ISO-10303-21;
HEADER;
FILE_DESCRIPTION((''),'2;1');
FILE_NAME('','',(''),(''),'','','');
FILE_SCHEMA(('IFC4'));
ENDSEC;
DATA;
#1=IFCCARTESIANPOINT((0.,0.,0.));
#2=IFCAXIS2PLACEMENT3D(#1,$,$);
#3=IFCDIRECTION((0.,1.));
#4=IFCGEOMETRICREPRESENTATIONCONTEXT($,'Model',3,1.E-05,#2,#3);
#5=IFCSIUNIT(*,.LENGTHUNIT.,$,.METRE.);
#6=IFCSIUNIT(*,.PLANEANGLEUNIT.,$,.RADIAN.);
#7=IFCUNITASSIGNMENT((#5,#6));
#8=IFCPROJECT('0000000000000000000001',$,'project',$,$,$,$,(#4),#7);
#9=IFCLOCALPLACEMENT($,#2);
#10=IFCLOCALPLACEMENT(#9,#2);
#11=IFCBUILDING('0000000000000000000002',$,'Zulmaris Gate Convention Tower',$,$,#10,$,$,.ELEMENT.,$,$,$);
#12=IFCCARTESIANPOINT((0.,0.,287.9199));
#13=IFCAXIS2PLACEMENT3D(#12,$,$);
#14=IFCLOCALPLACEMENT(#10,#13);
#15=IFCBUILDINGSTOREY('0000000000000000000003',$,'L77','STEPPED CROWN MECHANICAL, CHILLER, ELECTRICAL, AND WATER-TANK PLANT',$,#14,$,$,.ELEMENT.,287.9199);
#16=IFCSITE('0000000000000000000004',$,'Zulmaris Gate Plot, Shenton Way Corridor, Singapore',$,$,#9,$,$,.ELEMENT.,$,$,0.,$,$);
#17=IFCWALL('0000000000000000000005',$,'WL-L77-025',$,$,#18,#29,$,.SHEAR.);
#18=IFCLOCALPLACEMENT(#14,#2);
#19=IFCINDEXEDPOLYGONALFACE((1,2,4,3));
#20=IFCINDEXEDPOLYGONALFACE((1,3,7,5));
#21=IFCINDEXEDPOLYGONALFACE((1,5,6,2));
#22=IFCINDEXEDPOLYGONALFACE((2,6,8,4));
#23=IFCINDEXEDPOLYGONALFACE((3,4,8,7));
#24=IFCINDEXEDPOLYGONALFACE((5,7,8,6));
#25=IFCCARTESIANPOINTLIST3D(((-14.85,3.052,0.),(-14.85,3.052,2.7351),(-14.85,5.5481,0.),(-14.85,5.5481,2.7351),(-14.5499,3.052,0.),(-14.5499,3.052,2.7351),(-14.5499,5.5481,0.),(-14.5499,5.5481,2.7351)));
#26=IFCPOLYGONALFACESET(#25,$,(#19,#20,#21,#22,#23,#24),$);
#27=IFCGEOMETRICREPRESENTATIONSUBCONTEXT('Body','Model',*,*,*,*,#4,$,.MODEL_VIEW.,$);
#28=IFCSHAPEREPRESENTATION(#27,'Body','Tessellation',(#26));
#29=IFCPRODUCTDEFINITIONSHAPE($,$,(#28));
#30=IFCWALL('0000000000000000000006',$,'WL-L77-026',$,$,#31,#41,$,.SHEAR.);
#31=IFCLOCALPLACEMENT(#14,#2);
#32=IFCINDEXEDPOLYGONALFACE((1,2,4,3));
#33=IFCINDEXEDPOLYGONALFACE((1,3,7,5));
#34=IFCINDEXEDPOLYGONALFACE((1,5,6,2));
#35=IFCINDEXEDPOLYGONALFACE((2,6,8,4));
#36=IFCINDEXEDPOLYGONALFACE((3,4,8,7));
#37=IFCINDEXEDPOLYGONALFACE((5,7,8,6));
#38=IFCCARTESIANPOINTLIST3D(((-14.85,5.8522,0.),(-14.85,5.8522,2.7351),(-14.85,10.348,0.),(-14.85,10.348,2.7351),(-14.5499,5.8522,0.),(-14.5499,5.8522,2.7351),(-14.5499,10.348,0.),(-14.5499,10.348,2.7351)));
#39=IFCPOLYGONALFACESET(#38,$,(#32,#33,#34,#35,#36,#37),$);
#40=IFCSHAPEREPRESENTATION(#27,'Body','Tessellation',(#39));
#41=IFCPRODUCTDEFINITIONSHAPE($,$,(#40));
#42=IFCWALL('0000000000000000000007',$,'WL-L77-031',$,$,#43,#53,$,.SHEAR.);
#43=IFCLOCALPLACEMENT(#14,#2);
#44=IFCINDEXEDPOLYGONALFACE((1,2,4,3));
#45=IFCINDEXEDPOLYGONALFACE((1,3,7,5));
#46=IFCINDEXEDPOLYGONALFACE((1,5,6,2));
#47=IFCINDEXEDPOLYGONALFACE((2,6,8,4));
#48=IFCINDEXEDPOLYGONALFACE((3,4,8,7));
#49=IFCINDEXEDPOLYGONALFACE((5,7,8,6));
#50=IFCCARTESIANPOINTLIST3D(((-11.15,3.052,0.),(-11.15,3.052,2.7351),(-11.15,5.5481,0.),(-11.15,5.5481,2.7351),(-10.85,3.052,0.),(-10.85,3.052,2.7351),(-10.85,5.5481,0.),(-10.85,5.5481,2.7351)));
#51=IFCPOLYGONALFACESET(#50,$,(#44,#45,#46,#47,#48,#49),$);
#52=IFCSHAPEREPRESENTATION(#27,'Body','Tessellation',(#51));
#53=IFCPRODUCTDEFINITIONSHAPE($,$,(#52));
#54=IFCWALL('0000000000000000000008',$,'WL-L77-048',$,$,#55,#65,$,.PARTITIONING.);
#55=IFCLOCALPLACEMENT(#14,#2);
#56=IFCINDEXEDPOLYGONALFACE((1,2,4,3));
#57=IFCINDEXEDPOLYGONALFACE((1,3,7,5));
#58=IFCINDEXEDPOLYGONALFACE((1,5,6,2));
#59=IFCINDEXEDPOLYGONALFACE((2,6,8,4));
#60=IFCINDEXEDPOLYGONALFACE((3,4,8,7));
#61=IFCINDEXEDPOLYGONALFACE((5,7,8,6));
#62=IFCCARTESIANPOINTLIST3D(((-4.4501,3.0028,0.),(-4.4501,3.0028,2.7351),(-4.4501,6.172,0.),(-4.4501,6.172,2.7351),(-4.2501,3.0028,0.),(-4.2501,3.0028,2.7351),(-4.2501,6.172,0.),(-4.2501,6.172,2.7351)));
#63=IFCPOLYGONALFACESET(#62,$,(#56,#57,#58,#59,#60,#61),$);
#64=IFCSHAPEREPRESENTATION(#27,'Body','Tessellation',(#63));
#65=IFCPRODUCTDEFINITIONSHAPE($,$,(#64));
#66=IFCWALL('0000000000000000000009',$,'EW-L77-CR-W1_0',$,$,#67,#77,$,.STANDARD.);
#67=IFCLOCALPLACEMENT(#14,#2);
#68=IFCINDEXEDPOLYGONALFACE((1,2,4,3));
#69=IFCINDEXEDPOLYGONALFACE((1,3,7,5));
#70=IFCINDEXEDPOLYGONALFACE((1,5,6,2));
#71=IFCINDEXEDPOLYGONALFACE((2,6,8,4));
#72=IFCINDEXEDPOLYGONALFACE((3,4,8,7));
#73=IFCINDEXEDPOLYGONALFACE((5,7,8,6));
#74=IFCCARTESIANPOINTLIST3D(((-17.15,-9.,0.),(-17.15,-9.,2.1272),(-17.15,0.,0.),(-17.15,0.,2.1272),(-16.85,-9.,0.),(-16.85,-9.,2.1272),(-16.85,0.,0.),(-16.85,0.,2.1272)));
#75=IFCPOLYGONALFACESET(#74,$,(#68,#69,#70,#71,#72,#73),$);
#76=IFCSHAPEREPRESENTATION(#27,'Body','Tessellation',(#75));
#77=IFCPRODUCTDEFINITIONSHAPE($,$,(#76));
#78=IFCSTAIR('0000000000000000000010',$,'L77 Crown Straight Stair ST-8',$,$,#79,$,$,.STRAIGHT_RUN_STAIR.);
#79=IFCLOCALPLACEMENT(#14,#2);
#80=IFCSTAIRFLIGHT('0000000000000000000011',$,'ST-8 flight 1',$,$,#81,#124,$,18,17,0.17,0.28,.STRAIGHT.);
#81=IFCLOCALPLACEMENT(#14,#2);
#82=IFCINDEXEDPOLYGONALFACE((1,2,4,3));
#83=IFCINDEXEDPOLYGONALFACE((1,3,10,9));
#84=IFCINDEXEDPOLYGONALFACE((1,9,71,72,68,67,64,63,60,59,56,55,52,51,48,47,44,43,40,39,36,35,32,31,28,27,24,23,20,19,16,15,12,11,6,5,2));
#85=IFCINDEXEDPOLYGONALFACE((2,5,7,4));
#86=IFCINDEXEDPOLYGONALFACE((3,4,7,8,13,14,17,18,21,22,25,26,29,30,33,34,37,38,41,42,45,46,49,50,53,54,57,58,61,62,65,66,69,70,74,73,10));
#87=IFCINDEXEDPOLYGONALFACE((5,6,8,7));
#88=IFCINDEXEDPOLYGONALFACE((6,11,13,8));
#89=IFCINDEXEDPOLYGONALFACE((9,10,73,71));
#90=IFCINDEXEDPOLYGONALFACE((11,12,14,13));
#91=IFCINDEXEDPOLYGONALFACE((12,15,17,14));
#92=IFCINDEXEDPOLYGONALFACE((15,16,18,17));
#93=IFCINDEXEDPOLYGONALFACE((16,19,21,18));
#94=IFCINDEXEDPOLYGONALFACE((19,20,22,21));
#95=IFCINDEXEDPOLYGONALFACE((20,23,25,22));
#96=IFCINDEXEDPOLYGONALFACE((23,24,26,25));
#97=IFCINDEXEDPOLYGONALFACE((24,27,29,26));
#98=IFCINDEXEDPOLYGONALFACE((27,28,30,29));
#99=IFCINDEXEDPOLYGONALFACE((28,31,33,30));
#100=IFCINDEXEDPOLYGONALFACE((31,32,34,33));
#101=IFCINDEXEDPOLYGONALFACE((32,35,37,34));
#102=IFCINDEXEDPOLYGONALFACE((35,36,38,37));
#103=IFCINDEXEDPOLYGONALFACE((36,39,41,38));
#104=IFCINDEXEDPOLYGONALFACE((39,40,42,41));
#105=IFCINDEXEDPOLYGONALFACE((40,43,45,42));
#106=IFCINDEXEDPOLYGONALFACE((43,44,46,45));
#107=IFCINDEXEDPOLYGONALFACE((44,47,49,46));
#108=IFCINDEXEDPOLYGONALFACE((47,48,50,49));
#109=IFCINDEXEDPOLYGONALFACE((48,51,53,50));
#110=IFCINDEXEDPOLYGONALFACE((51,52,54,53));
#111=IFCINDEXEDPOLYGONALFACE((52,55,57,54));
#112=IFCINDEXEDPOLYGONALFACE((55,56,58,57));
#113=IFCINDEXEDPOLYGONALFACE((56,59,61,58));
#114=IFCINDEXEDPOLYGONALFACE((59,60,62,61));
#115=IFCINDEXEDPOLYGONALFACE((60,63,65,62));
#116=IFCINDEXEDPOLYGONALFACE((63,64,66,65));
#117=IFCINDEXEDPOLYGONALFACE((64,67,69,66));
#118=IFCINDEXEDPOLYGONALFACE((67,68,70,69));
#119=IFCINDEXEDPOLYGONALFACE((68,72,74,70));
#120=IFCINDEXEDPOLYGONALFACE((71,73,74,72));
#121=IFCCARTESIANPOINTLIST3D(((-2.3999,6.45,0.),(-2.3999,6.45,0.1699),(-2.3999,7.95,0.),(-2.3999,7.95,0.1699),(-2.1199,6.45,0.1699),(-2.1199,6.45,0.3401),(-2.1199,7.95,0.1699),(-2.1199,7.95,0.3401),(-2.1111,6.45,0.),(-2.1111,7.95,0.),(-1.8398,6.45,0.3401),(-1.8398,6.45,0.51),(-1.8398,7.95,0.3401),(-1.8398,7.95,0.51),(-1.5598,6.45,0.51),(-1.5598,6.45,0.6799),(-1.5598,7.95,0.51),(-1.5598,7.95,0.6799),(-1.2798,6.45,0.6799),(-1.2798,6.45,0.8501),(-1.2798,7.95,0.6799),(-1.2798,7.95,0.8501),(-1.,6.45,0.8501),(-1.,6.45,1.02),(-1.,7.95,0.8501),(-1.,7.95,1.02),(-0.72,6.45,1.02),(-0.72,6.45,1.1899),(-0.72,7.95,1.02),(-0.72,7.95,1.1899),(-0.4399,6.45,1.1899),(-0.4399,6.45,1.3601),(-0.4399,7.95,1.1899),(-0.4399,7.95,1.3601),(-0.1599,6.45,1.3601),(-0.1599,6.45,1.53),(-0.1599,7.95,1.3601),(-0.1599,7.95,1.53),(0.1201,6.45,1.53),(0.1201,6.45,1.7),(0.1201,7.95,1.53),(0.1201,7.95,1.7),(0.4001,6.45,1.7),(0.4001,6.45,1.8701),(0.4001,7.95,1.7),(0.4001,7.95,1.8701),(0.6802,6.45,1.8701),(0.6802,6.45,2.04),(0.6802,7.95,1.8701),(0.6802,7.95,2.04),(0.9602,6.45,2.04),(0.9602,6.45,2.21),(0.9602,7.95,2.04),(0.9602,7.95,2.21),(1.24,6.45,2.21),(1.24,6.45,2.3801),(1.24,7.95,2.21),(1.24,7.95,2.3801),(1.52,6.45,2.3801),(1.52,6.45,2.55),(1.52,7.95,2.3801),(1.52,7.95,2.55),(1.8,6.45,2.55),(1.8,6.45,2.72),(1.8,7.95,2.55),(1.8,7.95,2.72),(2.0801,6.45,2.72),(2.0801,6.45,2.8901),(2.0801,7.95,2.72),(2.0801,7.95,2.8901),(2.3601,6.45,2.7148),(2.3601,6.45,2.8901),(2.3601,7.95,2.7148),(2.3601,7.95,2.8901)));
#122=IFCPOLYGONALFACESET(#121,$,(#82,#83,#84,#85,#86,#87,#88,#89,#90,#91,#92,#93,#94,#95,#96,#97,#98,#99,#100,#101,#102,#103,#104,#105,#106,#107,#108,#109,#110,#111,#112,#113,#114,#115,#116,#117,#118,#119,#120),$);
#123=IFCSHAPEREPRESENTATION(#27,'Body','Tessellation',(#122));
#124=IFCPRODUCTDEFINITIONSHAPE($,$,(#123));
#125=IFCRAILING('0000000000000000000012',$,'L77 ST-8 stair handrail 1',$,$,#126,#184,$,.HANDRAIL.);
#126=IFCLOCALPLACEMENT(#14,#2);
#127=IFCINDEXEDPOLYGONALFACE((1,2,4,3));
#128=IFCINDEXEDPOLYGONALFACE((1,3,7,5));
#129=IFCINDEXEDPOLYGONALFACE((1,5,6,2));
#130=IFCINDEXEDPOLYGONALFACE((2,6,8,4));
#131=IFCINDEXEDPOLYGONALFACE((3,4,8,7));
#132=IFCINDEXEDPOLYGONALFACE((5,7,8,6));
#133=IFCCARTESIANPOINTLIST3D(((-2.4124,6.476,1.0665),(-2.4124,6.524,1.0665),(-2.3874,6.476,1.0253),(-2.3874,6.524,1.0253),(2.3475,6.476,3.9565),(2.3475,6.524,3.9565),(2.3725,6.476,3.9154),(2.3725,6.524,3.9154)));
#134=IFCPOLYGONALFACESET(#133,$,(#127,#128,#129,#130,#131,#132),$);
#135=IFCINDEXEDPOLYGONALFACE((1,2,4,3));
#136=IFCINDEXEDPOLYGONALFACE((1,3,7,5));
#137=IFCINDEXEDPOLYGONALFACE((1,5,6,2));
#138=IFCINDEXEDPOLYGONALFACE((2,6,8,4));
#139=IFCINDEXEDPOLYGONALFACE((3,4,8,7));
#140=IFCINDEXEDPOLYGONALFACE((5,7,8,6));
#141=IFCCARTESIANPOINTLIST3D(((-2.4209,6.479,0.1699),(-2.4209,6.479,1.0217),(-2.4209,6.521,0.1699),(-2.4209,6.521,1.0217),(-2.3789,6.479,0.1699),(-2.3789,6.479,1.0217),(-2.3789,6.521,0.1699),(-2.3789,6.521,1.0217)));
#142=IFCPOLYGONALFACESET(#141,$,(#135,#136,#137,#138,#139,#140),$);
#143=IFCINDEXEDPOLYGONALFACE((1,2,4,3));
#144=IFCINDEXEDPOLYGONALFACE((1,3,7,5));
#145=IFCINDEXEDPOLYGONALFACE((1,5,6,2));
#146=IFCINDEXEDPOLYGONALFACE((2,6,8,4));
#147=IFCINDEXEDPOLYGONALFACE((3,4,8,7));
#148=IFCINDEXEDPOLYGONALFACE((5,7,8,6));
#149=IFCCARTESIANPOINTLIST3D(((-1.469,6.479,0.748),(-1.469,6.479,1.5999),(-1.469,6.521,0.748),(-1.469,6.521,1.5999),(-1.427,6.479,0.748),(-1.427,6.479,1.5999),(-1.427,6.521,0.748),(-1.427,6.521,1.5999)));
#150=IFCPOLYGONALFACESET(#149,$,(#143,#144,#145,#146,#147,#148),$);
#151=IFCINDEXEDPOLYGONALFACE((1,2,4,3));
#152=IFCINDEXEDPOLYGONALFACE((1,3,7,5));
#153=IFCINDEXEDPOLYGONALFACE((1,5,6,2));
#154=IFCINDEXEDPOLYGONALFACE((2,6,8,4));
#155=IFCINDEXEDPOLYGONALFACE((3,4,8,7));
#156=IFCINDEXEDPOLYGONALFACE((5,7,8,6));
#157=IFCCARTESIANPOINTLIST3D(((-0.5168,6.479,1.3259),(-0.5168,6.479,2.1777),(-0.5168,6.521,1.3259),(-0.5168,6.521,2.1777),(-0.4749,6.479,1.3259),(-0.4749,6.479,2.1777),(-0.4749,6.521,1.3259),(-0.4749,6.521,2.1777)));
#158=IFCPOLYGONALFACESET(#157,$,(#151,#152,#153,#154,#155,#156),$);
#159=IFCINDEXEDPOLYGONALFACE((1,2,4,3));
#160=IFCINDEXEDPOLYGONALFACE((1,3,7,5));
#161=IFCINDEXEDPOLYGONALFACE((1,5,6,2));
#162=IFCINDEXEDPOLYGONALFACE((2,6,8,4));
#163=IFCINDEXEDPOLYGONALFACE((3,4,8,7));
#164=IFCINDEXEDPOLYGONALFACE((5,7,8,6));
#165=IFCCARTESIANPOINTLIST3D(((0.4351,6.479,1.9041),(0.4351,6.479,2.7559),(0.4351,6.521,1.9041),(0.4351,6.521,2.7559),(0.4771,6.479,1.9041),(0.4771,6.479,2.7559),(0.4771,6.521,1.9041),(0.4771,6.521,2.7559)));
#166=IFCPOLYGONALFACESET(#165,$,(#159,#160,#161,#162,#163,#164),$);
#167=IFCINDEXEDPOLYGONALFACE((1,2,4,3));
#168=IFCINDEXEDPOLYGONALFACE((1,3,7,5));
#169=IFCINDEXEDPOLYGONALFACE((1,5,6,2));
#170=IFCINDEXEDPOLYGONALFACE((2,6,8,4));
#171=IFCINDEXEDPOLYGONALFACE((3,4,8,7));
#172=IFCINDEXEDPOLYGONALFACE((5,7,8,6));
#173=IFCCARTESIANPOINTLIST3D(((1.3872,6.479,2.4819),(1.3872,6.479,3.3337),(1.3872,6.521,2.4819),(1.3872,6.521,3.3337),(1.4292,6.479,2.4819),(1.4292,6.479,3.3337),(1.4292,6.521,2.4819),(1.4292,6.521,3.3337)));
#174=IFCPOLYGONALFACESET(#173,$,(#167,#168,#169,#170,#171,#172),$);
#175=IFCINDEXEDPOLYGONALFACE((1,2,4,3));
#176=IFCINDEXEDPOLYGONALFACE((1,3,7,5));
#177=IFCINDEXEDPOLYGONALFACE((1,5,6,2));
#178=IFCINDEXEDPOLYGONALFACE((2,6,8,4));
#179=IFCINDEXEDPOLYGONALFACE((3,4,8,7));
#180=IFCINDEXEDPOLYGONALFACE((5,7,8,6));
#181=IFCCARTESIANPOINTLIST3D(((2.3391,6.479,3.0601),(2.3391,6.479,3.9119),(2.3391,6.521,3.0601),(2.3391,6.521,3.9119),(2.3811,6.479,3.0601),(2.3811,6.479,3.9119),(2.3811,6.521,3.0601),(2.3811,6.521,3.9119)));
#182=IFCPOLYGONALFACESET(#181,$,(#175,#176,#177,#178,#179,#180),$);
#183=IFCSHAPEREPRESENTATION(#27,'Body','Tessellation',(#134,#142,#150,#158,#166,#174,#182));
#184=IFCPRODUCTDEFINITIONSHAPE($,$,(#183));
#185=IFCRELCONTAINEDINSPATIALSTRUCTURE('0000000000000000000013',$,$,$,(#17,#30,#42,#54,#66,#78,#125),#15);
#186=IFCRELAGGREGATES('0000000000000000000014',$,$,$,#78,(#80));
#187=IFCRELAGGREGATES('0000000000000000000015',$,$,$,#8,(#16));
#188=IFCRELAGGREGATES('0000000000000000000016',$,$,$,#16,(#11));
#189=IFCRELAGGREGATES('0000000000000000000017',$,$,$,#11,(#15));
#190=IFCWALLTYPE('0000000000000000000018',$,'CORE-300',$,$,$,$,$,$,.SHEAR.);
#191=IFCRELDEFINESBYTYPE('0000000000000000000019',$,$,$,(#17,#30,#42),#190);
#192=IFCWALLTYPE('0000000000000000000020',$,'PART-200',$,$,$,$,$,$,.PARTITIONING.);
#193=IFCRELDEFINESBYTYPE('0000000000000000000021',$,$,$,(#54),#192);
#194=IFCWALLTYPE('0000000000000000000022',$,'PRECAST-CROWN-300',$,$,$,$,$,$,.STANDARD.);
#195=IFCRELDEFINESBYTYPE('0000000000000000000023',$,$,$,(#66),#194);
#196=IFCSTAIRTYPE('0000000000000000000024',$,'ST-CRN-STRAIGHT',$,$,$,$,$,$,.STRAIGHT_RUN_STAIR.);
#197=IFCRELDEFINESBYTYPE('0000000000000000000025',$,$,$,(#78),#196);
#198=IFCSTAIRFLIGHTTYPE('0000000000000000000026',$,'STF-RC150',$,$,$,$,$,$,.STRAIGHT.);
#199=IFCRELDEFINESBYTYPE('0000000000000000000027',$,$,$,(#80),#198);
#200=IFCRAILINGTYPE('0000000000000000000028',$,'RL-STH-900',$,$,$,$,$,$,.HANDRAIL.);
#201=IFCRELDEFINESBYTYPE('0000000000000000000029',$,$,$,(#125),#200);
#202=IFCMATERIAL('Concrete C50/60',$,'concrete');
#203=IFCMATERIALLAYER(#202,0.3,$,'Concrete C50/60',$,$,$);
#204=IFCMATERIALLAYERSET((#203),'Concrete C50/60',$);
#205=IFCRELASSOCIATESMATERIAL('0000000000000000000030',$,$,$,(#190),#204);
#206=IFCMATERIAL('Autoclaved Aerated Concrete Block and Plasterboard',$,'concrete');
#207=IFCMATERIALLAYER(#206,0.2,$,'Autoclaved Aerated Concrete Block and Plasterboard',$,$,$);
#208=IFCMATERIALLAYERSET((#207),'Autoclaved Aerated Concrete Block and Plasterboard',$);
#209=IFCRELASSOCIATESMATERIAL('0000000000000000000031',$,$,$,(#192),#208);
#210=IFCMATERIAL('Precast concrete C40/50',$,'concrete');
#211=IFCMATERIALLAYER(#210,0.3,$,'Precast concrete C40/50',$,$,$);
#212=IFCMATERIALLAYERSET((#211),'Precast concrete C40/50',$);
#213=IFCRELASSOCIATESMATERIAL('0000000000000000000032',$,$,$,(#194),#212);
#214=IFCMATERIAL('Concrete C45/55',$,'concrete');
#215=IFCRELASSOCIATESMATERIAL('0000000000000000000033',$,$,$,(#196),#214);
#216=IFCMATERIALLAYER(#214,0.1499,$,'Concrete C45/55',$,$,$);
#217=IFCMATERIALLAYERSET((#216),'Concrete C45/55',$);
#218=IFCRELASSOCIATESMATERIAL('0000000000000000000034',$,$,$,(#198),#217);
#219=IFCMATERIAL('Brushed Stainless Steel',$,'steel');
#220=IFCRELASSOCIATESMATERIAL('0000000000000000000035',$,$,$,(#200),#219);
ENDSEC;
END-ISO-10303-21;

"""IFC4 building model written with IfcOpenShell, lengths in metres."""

from ifc_helpers import new_model, si_unit, direction, frame, frame_2d, origin, origin_2d, place, context, subcontext, project, spatial, polyline, rectangle, outline, extrude, material, layer, layer_set, type_object, element, aggregate, save


model = new_model("IFC4")

# Units and contexts
model_context = context("Model", 3, precision=1e-05, world=origin(), true_north=direction((0.0, 1.0)))
body_context = subcontext(model_context, "Body", "Model", "MODEL_VIEW")
ifc_project = project(units=[si_unit("LENGTHUNIT", "METRE"), si_unit("PLANEANGLEUNIT", "RADIAN")], contexts=[model_context])

# Site, building, storey
site_placement = place(None, origin())
site = spatial("IfcSite", under=ifc_project, at=site_placement, Name="Zulmaris Gate Plot, Shenton Way Corridor, Singapore", CompositionType="ELEMENT", RefElevation=0.0)
building_placement = place(site_placement, origin())
building = spatial("IfcBuilding", under=site, at=building_placement, Name="Zulmaris Gate Convention Tower", CompositionType="ELEMENT")
storey_placement = place(building_placement, frame((0.0, 0.0, 287.9199)))
storey = spatial("IfcBuildingStorey", under=building, at=storey_placement, Name="L77", Description="STEPPED CROWN MECHANICAL, CHILLER, ELECTRICAL, AND WATER-TANK PLANT", CompositionType="ELEMENT", Elevation=287.9199)

# Shared definitions
ifc_material_1 = material(Name="Concrete C50/60", Category="concrete")

# Shared definitions
ifc_material_2 = material(Name="Concrete C45/55", Category="concrete")

# Shared definitions
ifc_layer_1 = layer(ifc_material_1, 0.3, Name="Concrete C50/60")
ifc_layer_set_1 = layer_set([ifc_layer_1], Name="Concrete C50/60")
wall_type_1 = type_object("IfcWallType", Name="CORE-300", PredefinedType="SHEAR", material=ifc_layer_set_1)
ifc_material_3 = material(Name="Brushed Stainless Steel", Category="steel")

# Walls
wall_1_placement = place(storey_placement, frame((-14.7, 3.052, 0.0), z_axis=(0.0, 0.0, 1.0), x_axis=(0.0, 1.0, 0.0)))
element("IfcWall", 1, at=wall_1_placement, inside=storey, type_object=wall_type_1, Name="WL-L77-025", PredefinedType="SHEAR", context=body_context, shape_type="SweptSolid", body=[
    extrude(rectangle(XDim=2.4961, YDim=0.3, at=frame_2d((1.248, 0.0))), origin(), (0.0, 0.0, 1.0), 2.7351),
])
wall_2_placement = place(storey_placement, frame((-14.7, 5.8521, 0.0), z_axis=(0.0, 0.0, 1.0), x_axis=(0.0, 1.0, 0.0)))
element("IfcWall", 2, at=wall_2_placement, inside=storey, type_object=wall_type_1, Name="WL-L77-026", PredefinedType="SHEAR", context=body_context, shape_type="SweptSolid", body=[
    extrude(rectangle(XDim=4.4958, YDim=0.3, at=frame_2d((2.248, 0.0))), origin(), (0.0, 0.0, 1.0), 2.7351),
])

# Wall
wall_3_placement = place(storey_placement, frame((-11.0, 3.052, 0.0), z_axis=(0.0, 0.0, 1.0), x_axis=(0.0, 1.0, 0.0)))
element("IfcWall", 3, at=wall_3_placement, inside=storey, type_object=wall_type_1, Name="WL-L77-031", PredefinedType="SHEAR", context=body_context, shape_type="SweptSolid", body=[
    extrude(rectangle(XDim=2.4961, YDim=0.3, at=frame_2d((1.248, 0.0))), origin(), (0.0, 0.0, 1.0), 2.7351),
])

# Shared definitions
ifc_material_4 = material(Name="Autoclaved Aerated Concrete Block and Plasterboard", Category="concrete")
ifc_layer_2 = layer(ifc_material_4, 0.2, Name="Autoclaved Aerated Concrete Block and Plasterboard")
ifc_layer_set_2 = layer_set([ifc_layer_2], Name="Autoclaved Aerated Concrete Block and Plasterboard")
wall_type_2 = type_object("IfcWallType", Name="PART-200", PredefinedType="PARTITIONING", material=ifc_layer_set_2)

# Walls
wall_4_placement = place(storey_placement, frame((-4.3501, 3.0029, 0.0), z_axis=(0.0, 0.0, 1.0), x_axis=(0.0, 1.0, 0.0)))
element("IfcWall", 4, at=wall_4_placement, inside=storey, type_object=wall_type_2, Name="WL-L77-048", PredefinedType="PARTITIONING", context=body_context, shape_type="SweptSolid", body=[
    extrude(rectangle(XDim=3.1692, YDim=0.2, at=frame_2d((1.5845, 0.0))), origin(), (0.0, 0.0, 1.0), 2.7351),
])
ifc_material_5 = material(Name="Precast concrete C40/50", Category="concrete")
ifc_layer_3 = layer(ifc_material_5, 0.3, Name="Precast concrete C40/50")
ifc_layer_set_3 = layer_set([ifc_layer_3], Name="Precast concrete C40/50")
wall_type_3 = type_object("IfcWallType", Name="PRECAST-CROWN-300", PredefinedType="STANDARD", material=ifc_layer_set_3)
wall_5_placement = place(storey_placement, frame((-17.0, 0.0, 0.0), z_axis=(0.0, 0.0, 1.0), x_axis=(0.0, -1.0, 0.0)))
element("IfcWall", 5, at=wall_5_placement, inside=storey, type_object=wall_type_3, Name="EW-L77-CR-W1_0", PredefinedType="STANDARD", context=body_context, shape_type="SweptSolid", body=[
    extrude(rectangle(XDim=9.0, YDim=0.3, at=frame_2d((4.5, 0.0))), origin(), (0.0, 0.0, 1.0), 2.1272),
])

# Stair, stair flight
stair_type_1 = type_object("IfcStairType", Name="ST-CRN-STRAIGHT", PredefinedType="STRAIGHT_RUN_STAIR", material=ifc_material_2)
stair_1_placement = place(storey_placement, origin())
stair_1 = element("IfcStair", 6, at=stair_1_placement, inside=storey, type_object=stair_type_1, Name="L77 Crown Straight Stair ST-8", PredefinedType="STRAIGHT_RUN_STAIR")
ifc_layer_4 = layer(ifc_material_2, 0.1499, Name="Concrete C45/55")
ifc_layer_set_4 = layer_set([ifc_layer_4], Name="Concrete C45/55")
stair_flight_type = type_object("IfcStairFlightType", Name="STF-RC150", PredefinedType="STRAIGHT", material=ifc_layer_set_4)
stair_flight_placement = place(storey_placement, frame((-2.3999, 7.2, 0.0), z_axis=(0.0, 0.0, 1.0), x_axis=(1.0, 0.0, 0.0)))
stair_flight = element("IfcStairFlight", 7, at=stair_flight_placement, type_object=stair_flight_type, Name="ST-8 flight 1", NumberOfRisers=18, NumberOfTreads=17, PredefinedType="STRAIGHT", RiserHeight=0.17, TreadLength=0.28, context=body_context, shape_type="SweptSolid", body=[
    extrude(outline(polyline([(0.0, 0.0), (0.0, 0.1699), (0.28, 0.1699), (0.28, 0.3401), (0.5601, 0.3401), (0.5601, 0.51), (0.8401, 0.51), (0.8401, 0.6799), (1.1201, 0.6799), (1.1201, 0.8501), (1.3999, 0.8501), (1.3999, 1.02), (1.6799, 1.02), (1.6799, 1.1899), (1.96, 1.1899), (1.96, 1.3601), (2.24, 1.3601), (2.24, 1.53), (2.52, 1.53), (2.52, 1.7), (2.8, 1.7), (2.8, 1.8701), (3.0801, 1.8701), (3.0801, 2.04), (3.3601, 2.04), (3.3601, 2.21), (3.6399, 2.21), (3.6399, 2.3801), (3.9199, 2.3801), (3.9199, 2.55), (4.2, 2.55), (4.2, 2.72), (4.48, 2.72), (4.48, 2.8901), (4.76, 2.8901), (4.76, 3.0601), (4.76, 2.7148), (0.2888, 0.0), (0.0, 0.0)])), frame((0.0, 0.75, 0.0), z_axis=(0.0, -1.0, 0.0), x_axis=(1.0, 0.0, 0.0)), (0.0, 0.0, 1.0), 1.5),
])
aggregate(stair_1, [stair_flight])

# Railing
railing_type = type_object("IfcRailingType", Name="RL-STH-900", PredefinedType="HANDRAIL", material=ifc_material_3)
railing_placement = place(storey_placement, frame((-2.3999, 6.5, 0.1699)))
element("IfcRailing", 8, at=railing_placement, inside=storey, type_object=railing_type, Name="L77 ST-8 stair handrail 1", PredefinedType="HANDRAIL", context=body_context, shape_type="SweptSolid", body=[
    extrude(rectangle(XDim=0.0481, YDim=0.0481, at=origin_2d()), frame((0.0, 0.0, 0.876), z_axis=(0.854777, 0.0, 0.518995), x_axis=(0.0, 1.0, 0.0)), (0.0, 0.0, 1.0), 5.5686),
    extrude(rectangle(XDim=0.042, YDim=0.042, at=origin_2d()), origin(), (0.0, 0.0, 1.0), 0.8518),
    extrude(rectangle(XDim=0.042, YDim=0.042, at=origin_2d()), frame((0.9519, 0.0, 0.5781)), (0.0, 0.0, 1.0), 0.8518),
    extrude(rectangle(XDim=0.042, YDim=0.042, at=origin_2d()), frame((1.9041, 0.0, 1.156)), (0.0, 0.0, 1.0), 0.8518),
    extrude(rectangle(XDim=0.042, YDim=0.042, at=origin_2d()), frame((2.856, 0.0, 1.7341)), (0.0, 0.0, 1.0), 0.8518),
    extrude(rectangle(XDim=0.042, YDim=0.042, at=origin_2d()), frame((3.8081, 0.0, 2.312)), (0.0, 0.0, 1.0), 0.8518),
    extrude(rectangle(XDim=0.042, YDim=0.042, at=origin_2d()), frame((4.76, 0.0, 2.8901)), (0.0, 0.0, 1.0), 0.8518),
])

save(model, "model.ifc")
